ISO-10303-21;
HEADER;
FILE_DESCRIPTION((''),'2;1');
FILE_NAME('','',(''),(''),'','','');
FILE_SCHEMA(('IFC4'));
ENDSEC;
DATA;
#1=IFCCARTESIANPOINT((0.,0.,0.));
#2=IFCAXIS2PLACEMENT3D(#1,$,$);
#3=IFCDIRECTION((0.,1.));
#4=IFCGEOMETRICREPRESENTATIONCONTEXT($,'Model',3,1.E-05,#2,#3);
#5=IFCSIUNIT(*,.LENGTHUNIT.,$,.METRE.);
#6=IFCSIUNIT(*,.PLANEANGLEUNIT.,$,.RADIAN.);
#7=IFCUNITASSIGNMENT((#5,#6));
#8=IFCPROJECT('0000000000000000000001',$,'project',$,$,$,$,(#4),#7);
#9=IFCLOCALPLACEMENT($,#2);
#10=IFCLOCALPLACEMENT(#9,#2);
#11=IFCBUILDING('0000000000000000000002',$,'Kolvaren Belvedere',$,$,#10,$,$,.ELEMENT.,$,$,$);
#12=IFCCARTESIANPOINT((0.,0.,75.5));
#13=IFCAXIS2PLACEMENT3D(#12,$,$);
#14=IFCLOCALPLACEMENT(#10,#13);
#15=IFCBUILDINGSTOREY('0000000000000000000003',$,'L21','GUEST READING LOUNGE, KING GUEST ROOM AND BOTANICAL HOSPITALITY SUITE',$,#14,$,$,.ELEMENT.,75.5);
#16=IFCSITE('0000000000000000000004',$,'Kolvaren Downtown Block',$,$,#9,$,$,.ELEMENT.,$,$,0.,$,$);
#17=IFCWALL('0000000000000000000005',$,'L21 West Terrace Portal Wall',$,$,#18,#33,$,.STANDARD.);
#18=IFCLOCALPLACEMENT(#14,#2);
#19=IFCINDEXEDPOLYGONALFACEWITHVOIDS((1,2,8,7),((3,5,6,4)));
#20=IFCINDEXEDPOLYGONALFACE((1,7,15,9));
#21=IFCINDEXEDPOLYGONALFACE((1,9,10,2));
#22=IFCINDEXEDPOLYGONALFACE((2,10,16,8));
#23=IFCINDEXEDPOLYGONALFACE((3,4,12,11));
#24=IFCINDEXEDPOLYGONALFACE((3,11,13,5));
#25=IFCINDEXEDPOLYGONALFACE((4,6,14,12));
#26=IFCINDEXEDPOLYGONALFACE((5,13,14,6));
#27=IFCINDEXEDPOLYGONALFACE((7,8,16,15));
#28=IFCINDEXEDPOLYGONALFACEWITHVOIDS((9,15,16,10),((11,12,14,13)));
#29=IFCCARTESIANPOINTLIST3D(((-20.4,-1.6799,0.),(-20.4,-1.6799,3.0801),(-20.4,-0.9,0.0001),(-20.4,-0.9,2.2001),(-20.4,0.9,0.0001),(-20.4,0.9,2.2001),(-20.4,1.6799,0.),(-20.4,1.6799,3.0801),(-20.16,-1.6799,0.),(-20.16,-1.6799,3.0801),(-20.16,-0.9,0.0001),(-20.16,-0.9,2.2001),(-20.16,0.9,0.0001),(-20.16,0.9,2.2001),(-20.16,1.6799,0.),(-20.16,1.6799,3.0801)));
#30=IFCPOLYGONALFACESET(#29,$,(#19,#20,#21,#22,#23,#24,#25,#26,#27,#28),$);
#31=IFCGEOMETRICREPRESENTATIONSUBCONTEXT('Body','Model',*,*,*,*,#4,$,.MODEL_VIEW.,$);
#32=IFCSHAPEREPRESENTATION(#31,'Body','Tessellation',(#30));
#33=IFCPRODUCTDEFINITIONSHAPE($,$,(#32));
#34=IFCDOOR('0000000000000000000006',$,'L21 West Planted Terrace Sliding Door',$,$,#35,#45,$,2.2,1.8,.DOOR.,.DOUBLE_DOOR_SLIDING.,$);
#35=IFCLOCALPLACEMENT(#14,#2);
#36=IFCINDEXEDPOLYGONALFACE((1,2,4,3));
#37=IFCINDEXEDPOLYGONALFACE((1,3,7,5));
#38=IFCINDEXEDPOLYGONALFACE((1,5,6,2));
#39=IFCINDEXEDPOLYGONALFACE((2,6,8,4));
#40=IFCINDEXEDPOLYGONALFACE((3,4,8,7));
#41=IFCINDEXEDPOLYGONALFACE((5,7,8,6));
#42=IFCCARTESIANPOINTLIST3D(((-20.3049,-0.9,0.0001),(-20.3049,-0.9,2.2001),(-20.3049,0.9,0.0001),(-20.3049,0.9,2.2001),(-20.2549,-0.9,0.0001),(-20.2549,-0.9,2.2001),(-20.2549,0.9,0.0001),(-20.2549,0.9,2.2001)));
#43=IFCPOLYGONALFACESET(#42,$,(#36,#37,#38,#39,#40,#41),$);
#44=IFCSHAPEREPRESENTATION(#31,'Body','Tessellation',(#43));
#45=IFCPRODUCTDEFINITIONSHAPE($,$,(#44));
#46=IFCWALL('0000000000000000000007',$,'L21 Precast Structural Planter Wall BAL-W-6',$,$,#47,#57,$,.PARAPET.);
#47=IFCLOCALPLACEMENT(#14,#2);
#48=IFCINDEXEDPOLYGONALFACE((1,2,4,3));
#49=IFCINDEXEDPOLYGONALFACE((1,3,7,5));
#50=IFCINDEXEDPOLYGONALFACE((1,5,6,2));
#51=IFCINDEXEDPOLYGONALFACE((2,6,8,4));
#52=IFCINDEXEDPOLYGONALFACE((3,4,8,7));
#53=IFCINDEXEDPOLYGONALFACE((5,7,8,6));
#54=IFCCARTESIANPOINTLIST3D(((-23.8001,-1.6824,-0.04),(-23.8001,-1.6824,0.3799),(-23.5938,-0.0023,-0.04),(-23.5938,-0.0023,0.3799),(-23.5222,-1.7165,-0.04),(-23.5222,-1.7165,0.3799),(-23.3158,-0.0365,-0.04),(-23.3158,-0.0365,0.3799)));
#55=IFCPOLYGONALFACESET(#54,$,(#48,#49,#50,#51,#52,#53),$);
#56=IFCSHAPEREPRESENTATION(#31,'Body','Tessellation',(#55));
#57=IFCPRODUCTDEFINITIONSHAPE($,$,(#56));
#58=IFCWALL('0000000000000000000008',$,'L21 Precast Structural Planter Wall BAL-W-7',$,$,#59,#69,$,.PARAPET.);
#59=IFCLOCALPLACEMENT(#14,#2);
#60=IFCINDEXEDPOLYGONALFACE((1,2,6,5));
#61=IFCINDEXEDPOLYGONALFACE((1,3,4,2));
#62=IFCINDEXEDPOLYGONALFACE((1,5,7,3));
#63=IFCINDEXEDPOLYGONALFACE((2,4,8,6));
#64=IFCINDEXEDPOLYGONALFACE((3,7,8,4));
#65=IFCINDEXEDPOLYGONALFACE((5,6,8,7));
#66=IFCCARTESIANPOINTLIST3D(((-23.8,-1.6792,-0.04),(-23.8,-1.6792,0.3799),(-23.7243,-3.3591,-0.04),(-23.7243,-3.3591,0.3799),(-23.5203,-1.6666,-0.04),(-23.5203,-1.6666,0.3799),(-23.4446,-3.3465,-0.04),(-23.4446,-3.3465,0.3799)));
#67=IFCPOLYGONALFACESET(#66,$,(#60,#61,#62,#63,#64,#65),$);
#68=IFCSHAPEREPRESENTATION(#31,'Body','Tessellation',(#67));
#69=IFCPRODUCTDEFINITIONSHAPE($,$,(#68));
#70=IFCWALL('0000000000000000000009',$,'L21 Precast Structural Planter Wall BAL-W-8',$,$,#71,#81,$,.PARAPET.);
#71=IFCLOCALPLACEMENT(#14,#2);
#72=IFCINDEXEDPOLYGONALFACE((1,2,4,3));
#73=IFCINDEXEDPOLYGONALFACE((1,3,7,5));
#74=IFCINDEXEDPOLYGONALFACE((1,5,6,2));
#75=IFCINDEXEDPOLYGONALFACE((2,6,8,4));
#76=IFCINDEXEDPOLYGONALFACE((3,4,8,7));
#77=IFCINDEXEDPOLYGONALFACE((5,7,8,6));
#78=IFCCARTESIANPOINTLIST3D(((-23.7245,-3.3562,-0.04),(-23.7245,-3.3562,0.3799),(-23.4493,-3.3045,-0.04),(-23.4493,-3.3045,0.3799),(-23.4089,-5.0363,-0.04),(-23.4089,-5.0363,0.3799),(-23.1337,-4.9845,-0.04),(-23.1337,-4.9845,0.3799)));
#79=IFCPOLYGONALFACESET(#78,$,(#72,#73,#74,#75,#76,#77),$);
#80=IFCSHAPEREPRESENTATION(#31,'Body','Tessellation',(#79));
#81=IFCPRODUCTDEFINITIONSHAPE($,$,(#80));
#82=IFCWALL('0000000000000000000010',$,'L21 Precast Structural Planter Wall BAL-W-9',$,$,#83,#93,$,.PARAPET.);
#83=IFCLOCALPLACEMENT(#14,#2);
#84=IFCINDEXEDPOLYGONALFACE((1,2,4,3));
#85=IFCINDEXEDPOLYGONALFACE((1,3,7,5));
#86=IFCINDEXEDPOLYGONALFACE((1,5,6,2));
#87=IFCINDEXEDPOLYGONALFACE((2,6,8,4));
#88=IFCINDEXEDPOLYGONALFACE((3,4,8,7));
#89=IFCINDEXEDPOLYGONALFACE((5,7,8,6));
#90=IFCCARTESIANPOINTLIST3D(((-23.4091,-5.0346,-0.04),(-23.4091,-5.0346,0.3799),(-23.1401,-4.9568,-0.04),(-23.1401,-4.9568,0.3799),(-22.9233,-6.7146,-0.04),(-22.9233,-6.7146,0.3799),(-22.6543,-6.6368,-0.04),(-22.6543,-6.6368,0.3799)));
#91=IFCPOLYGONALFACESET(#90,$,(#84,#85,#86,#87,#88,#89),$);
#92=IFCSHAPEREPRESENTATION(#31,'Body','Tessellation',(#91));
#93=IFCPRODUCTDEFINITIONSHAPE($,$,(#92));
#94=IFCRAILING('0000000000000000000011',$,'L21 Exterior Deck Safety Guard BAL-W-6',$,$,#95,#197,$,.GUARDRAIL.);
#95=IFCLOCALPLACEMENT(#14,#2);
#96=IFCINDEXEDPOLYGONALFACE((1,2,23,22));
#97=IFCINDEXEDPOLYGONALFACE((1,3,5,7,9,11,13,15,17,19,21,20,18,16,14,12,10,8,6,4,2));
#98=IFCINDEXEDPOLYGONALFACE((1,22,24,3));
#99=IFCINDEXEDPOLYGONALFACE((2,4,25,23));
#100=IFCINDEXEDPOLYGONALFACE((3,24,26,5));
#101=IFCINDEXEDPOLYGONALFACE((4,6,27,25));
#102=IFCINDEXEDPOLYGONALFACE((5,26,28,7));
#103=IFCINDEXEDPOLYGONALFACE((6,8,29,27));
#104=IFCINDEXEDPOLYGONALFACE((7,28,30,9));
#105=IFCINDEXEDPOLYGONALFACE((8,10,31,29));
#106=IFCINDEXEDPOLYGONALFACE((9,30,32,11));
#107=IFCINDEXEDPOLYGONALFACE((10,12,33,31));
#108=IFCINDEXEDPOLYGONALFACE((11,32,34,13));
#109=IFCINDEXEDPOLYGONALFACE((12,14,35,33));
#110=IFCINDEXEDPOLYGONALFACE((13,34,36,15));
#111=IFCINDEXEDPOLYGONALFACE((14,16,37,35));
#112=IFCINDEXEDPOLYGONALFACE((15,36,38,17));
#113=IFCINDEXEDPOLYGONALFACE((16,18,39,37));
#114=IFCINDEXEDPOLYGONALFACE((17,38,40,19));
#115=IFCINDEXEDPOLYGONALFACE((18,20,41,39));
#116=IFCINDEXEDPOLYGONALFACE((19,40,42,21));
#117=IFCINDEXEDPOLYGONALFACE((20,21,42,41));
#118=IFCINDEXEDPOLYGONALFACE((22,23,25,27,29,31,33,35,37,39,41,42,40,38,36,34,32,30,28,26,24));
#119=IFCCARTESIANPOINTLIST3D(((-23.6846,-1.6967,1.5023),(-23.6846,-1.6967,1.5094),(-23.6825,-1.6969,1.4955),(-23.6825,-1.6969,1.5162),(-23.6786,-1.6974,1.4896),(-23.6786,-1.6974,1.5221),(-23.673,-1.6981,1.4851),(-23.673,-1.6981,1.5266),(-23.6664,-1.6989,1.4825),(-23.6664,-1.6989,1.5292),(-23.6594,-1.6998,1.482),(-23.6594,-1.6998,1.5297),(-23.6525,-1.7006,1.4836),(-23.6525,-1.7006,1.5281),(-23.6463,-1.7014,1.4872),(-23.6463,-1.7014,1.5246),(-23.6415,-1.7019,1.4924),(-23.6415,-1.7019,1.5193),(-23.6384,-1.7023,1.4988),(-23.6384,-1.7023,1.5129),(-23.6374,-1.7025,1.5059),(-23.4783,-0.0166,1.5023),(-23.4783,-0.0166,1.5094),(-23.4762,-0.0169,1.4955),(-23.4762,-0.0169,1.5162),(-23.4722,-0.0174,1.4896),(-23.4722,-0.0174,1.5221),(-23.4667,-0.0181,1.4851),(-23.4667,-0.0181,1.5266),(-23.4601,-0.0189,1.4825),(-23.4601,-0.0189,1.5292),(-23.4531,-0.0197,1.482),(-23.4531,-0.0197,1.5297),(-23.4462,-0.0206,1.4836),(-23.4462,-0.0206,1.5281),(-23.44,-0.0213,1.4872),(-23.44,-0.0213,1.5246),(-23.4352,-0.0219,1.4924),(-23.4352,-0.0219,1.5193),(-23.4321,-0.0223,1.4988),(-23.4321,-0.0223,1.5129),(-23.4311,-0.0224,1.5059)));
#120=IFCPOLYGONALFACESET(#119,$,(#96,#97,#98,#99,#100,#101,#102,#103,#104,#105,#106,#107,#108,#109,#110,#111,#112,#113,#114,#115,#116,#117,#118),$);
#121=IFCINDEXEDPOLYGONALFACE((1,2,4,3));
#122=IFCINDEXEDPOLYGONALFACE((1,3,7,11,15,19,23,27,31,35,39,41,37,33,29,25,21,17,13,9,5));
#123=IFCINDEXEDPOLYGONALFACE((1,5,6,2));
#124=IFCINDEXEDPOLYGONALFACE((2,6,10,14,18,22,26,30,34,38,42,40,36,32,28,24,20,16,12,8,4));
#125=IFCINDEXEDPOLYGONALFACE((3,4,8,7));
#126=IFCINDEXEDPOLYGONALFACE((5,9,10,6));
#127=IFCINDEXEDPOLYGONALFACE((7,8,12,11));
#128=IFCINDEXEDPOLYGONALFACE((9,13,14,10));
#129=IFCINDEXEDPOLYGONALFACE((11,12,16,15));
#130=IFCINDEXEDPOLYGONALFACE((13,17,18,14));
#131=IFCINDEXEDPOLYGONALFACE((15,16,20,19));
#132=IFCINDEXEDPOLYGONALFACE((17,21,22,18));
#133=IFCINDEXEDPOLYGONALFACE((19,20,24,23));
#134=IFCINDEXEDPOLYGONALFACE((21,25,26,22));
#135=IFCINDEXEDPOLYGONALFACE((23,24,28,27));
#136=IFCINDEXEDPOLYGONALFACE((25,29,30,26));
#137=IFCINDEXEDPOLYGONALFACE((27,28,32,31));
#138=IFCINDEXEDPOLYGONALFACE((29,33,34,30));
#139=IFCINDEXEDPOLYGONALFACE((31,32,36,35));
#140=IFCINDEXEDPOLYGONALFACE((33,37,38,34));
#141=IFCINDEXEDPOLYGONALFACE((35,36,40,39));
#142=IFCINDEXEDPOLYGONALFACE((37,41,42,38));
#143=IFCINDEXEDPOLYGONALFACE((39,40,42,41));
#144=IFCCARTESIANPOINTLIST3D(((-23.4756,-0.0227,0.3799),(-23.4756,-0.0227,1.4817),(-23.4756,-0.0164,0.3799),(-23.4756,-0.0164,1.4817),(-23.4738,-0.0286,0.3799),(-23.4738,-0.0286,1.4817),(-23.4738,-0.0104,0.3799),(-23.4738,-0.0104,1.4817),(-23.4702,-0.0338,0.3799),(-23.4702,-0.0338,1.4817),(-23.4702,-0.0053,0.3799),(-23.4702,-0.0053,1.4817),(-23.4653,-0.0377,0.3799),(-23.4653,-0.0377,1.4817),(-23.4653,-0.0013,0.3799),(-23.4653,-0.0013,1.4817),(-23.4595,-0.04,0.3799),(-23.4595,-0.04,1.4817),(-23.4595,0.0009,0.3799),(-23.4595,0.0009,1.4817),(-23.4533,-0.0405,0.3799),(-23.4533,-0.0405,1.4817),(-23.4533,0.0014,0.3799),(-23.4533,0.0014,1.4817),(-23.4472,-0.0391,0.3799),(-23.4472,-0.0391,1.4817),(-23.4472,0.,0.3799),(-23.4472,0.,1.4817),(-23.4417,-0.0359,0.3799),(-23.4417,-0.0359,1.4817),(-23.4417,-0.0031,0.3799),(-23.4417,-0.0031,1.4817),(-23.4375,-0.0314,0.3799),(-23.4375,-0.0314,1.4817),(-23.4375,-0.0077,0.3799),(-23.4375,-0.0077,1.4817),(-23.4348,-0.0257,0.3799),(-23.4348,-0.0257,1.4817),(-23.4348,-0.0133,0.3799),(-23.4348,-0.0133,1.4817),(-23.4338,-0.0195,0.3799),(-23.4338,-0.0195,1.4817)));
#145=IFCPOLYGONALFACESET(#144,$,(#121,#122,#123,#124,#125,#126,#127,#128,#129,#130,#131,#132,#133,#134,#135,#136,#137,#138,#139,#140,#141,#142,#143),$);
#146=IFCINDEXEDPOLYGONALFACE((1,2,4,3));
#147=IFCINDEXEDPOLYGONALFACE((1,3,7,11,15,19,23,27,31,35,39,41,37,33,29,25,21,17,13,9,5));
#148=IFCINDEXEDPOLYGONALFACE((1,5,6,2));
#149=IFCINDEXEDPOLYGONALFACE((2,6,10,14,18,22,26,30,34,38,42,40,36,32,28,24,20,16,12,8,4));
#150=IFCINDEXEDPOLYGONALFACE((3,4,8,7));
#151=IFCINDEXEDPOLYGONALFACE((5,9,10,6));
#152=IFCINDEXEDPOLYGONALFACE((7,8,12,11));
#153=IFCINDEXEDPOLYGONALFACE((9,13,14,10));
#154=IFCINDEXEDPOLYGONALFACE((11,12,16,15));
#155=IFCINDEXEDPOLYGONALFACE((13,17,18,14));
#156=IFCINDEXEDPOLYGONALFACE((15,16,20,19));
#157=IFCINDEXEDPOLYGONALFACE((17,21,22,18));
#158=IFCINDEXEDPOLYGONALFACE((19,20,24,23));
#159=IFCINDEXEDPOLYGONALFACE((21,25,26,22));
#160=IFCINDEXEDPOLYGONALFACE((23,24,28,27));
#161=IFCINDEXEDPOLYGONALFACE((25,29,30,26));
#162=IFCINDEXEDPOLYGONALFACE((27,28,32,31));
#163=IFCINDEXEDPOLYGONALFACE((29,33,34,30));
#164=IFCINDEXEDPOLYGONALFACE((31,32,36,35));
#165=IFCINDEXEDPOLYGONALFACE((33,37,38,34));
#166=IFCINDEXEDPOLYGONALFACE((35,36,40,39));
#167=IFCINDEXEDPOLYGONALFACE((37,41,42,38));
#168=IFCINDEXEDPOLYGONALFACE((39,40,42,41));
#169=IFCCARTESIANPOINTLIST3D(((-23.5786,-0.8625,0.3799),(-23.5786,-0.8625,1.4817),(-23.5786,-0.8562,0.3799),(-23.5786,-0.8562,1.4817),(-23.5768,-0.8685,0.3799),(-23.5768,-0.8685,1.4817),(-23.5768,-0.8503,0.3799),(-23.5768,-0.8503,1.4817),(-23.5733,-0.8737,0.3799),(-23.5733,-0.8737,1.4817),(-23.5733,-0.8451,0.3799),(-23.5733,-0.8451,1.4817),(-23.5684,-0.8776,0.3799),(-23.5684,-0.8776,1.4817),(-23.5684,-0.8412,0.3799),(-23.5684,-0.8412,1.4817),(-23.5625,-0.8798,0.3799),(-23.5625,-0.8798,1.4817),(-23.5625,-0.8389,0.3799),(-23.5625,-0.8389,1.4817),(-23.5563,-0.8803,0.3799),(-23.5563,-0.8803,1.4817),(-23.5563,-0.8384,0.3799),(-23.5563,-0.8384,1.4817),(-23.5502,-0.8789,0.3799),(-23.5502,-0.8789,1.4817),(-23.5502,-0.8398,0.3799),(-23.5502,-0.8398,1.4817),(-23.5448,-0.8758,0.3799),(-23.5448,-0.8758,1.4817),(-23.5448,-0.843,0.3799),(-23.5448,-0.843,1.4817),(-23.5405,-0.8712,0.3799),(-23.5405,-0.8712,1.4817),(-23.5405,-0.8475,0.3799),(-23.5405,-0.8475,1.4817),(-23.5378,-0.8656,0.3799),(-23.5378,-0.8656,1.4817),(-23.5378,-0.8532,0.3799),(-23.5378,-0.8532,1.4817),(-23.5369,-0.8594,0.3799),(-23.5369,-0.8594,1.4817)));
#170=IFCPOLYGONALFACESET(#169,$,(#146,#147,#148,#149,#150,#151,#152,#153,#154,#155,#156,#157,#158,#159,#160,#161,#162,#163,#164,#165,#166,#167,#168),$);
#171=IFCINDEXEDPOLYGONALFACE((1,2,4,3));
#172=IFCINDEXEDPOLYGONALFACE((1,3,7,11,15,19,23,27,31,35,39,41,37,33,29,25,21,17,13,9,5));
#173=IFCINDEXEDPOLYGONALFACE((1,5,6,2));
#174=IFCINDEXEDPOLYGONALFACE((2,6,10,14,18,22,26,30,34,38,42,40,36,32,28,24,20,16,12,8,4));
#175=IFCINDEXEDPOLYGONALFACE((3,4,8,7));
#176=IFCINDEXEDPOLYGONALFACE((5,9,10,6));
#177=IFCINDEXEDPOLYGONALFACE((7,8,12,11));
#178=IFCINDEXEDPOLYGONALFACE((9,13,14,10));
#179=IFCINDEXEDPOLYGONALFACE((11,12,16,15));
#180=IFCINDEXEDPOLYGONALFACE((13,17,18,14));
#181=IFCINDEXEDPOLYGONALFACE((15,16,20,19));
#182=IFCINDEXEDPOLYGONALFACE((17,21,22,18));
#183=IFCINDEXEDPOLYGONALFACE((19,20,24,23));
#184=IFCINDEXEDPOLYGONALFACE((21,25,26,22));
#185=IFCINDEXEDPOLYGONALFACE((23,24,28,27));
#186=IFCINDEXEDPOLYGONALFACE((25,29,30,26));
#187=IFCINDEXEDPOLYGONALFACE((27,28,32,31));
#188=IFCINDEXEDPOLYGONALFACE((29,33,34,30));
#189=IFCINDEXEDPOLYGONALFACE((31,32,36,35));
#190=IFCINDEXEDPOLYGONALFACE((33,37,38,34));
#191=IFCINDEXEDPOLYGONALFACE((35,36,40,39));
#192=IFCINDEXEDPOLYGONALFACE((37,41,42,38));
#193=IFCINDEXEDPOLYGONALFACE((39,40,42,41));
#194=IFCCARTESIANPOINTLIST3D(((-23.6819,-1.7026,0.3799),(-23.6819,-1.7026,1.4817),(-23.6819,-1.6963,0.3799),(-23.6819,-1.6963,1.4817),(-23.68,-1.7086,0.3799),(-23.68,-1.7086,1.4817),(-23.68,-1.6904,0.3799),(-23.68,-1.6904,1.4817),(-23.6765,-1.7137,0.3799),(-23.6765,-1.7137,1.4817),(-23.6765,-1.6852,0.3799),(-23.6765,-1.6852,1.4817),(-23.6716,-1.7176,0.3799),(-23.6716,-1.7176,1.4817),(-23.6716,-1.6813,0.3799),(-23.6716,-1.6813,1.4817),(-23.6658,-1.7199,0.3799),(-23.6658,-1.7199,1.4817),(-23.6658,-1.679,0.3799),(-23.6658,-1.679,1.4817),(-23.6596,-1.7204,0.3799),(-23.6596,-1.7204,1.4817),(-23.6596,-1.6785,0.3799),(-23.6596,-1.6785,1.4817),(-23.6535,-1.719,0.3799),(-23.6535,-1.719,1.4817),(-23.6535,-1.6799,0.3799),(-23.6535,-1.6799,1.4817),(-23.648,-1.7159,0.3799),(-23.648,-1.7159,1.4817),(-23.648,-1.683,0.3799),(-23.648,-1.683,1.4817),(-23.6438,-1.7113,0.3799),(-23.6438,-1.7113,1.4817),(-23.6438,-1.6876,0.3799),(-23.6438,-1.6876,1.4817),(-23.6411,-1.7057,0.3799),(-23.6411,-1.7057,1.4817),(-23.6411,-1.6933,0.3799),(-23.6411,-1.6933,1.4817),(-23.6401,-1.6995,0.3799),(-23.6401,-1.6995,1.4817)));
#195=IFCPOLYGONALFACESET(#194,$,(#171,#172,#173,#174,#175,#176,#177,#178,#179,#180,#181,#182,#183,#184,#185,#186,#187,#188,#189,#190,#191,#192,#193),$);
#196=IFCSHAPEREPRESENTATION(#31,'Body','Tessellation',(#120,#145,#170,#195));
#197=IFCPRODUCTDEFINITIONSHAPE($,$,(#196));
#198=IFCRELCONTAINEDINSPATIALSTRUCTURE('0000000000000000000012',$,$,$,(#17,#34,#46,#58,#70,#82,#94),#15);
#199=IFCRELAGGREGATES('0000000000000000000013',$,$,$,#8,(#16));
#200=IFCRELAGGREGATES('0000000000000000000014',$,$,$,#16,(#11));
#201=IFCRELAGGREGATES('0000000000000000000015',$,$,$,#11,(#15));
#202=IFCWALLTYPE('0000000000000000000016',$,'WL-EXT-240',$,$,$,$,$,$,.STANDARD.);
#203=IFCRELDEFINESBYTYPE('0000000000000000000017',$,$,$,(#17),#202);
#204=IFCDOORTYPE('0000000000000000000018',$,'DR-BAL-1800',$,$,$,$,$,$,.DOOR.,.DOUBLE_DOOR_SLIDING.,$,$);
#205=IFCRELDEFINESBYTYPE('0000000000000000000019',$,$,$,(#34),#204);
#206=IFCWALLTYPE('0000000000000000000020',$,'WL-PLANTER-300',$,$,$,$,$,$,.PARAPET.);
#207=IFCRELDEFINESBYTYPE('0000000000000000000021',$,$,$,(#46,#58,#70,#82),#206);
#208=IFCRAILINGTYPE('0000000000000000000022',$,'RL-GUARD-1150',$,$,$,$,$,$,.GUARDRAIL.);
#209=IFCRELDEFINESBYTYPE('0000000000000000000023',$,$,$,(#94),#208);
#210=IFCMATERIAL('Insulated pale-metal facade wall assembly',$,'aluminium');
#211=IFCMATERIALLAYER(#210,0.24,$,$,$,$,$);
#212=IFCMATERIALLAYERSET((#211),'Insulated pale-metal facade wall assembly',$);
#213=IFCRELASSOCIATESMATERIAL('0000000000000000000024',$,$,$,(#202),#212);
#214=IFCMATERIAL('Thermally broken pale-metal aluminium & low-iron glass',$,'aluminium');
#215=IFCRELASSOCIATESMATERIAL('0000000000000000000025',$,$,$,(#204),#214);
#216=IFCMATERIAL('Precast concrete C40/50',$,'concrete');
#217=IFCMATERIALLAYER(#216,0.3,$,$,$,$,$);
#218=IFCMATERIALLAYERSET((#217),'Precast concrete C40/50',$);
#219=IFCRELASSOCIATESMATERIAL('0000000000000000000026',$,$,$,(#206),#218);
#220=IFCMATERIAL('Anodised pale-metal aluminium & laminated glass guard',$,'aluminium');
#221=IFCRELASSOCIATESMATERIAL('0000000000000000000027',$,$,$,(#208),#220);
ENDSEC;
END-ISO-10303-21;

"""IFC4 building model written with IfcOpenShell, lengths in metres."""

from ifc_helpers import new_model, si_unit, direction, frame, frame_2d, origin, origin_2d, place, context, subcontext, project, spatial, rectangle, circle, extrude, material, layer, layer_set, type_object, element, fill, save


model = new_model("IFC4")

# Units and contexts
model_context = context("Model", 3, precision=1e-05, world=origin(), true_north=direction((0.0, 1.0)))
body_context = subcontext(model_context, "Body", "Model", "MODEL_VIEW")
ifc_project = project(units=[si_unit("LENGTHUNIT", "METRE"), si_unit("PLANEANGLEUNIT", "RADIAN")], contexts=[model_context])

# Site, building, storey
site_placement = place(None, origin())
site = spatial("IfcSite", under=ifc_project, at=site_placement, Name="Kolvaren Downtown Block", CompositionType="ELEMENT", RefElevation=0.0)
building_placement = place(site_placement, origin())
building = spatial("IfcBuilding", under=site, at=building_placement, Name="Kolvaren Belvedere", CompositionType="ELEMENT")
storey_placement = place(building_placement, frame((0.0, 0.0, 75.5)))
storey = spatial("IfcBuildingStorey", under=building, at=storey_placement, Name="L21", Description="GUEST READING LOUNGE, KING GUEST ROOM AND BOTANICAL HOSPITALITY SUITE", CompositionType="ELEMENT", Elevation=75.5)

# Wall, opening, door
ifc_material_1 = material(Name="Insulated pale-metal facade wall assembly", Category="aluminium")
ifc_layer_1 = layer(ifc_material_1, 0.24)
ifc_layer_set_1 = layer_set([ifc_layer_1], Name="Insulated pale-metal facade wall assembly")
wall_type_1 = type_object("IfcWallType", Name="WL-EXT-240", PredefinedType="STANDARD", material=ifc_layer_set_1)
wall_1_placement = place(storey_placement, frame((-20.28, -1.6799, 0.0), z_axis=(0.0, 0.0, 1.0), x_axis=(0.0, 1.0, 0.0)))
wall_1 = element("IfcWall", 1, at=wall_1_placement, inside=storey, type_object=wall_type_1, Name="L21 West Terrace Portal Wall", PredefinedType="STANDARD", context=body_context, shape_type="SweptSolid", body=[
    extrude(rectangle(XDim=3.3599, YDim=0.24, at=frame_2d((1.6799, 0.0))), origin(), (0.0, 0.0, 1.0), 3.0801),
])
opening_1_placement = place(wall_1_placement, frame((0.78, 0.0, 0.0)))
opening_1 = element("IfcOpeningElement", 2, at=opening_1_placement, cuts=wall_1, PredefinedType="OPENING", context=body_context, shape_type="SweptSolid", body=[
    extrude(rectangle(XDim=1.8, YDim=2.2, at=frame_2d((0.8999, 1.1001))), frame((0.0, 0.1299, 0.0), z_axis=(0.0, -1.0, 0.0), x_axis=(1.0, 0.0, 0.0)), (0.0, 0.0, 1.0), 0.26),
])
ifc_material_2 = material(Name="Thermally broken pale-metal aluminium & low-iron glass", Category="aluminium")
door_type_1 = type_object("IfcDoorType", Name="DR-BAL-1800", OperationType="DOUBLE_DOOR_SLIDING", PredefinedType="DOOR", material=ifc_material_2)
door_1_placement = place(opening_1_placement, origin())
door_1 = element("IfcDoor", 3, at=door_1_placement, inside=storey, type_object=door_type_1, Name="L21 West Planted Terrace Sliding Door", OperationType="DOUBLE_DOOR_SLIDING", OverallHeight=2.2, OverallWidth=1.8, PredefinedType="DOOR", context=body_context, shape_type="SweptSolid", body=[
    extrude(rectangle(XDim=1.8, YDim=2.2, at=frame_2d((0.8999, 1.1001))), frame((0.0, 0.0249, 0.0), z_axis=(0.0, -1.0, 0.0), x_axis=(1.0, 0.0, 0.0)), (0.0, 0.0, 1.0), 0.05),
])
fill(opening_1, door_1)

# Walls
ifc_material_3 = material(Name="Precast concrete C40/50", Category="concrete")
ifc_layer_2 = layer(ifc_material_3, 0.3)
ifc_layer_set_2 = layer_set([ifc_layer_2], Name="Precast concrete C40/50")
wall_type_2 = type_object("IfcWallType", Name="WL-PLANTER-300", PredefinedType="PARAPET", material=ifc_layer_set_2)
wall_2_placement = place(storey_placement, frame((-23.4548, -0.0195, -0.04), z_axis=(0.0, 0.0, 1.0), x_axis=(-0.121886, -0.992544, 0.0)))
element("IfcWall", 4, at=wall_2_placement, inside=storey, type_object=wall_type_2, Name="L21 Precast Structural Planter Wall BAL-W-6", PredefinedType="PARAPET", context=body_context, shape_type="SweptSolid", body=[
    extrude(rectangle(XDim=1.6926, YDim=0.28, at=frame_2d((0.8462, 0.0))), origin(), (0.0, 0.0, 1.0), 0.4199),
])
wall_3_placement = place(storey_placement, frame((-23.6602, -1.6729, -0.04), z_axis=(0.0, 0.0, 1.0), x_axis=(0.045006, -0.998987, 0.0)))
element("IfcWall", 5, at=wall_3_placement, inside=storey, type_object=wall_type_2, Name="L21 Precast Structural Planter Wall BAL-W-7", PredefinedType="PARAPET", context=body_context, shape_type="SweptSolid", body=[
    extrude(rectangle(XDim=1.6816, YDim=0.28, at=frame_2d((0.8408, 0.0))), origin(), (0.0, 0.0, 1.0), 0.4199),
])
wall_4_placement = place(storey_placement, frame((-23.5869, -3.3303, -0.04), z_axis=(0.0, 0.0, 1.0), x_axis=(0.184651, -0.982804, 0.0)))
element("IfcWall", 6, at=wall_4_placement, inside=storey, type_object=wall_type_2, Name="L21 Precast Structural Planter Wall BAL-W-8", PredefinedType="PARAPET", context=body_context, shape_type="SweptSolid", body=[
    extrude(rectangle(XDim=1.7095, YDim=0.28, at=frame_2d((0.8547, 0.0))), origin(), (0.0, 0.0, 1.0), 0.4199),
])
wall_5_placement = place(storey_placement, frame((-23.2747, -4.9956, -0.04), z_axis=(0.0, 0.0, 1.0), x_axis=(0.277817, -0.960634, 0.0)))
element("IfcWall", 7, at=wall_5_placement, inside=storey, type_object=wall_type_2, Name="L21 Precast Structural Planter Wall BAL-W-9", PredefinedType="PARAPET", context=body_context, shape_type="SweptSolid", body=[
    extrude(rectangle(XDim=1.7488, YDim=0.28, at=frame_2d((0.8745, 0.0))), origin(), (0.0, 0.0, 1.0), 0.4199),
])

# Railing
ifc_material_4 = material(Name="Anodised pale-metal aluminium & laminated glass guard", Category="aluminium")
railing_type = type_object("IfcRailingType", Name="RL-GUARD-1150", PredefinedType="GUARDRAIL", material=ifc_material_4)
railing_1_placement = place(storey_placement, frame((-23.4548, -0.0195, 0.3799)))
element("IfcRailing", 8, at=railing_1_placement, inside=storey, type_object=railing_type, Name="L21 Exterior Deck Safety Guard BAL-W-6", PredefinedType="GUARDRAIL", context=body_context, shape_type="SweptSolid", body=[
    extrude(circle(Radius=0.0239, at=origin_2d()), frame((0.0, 0.0, 1.126), z_axis=(-0.121886, -0.992544, 0.0), x_axis=(0.992544, -0.121886, 0.0)), (0.0, 0.0, 1.0), 1.6926),
    extrude(circle(Radius=0.021, at=origin_2d()), origin(), (0.0, 0.0, 1.0), 1.1018),
    extrude(circle(Radius=0.021, at=origin_2d()), frame((-0.103, -0.8398, 0.0)), (0.0, 0.0, 1.0), 1.1018),
    extrude(circle(Radius=0.021, at=origin_2d()), frame((-0.2063, -1.6799, 0.0)), (0.0, 0.0, 1.0), 1.1018),
])

save(model, "model.ifc")
